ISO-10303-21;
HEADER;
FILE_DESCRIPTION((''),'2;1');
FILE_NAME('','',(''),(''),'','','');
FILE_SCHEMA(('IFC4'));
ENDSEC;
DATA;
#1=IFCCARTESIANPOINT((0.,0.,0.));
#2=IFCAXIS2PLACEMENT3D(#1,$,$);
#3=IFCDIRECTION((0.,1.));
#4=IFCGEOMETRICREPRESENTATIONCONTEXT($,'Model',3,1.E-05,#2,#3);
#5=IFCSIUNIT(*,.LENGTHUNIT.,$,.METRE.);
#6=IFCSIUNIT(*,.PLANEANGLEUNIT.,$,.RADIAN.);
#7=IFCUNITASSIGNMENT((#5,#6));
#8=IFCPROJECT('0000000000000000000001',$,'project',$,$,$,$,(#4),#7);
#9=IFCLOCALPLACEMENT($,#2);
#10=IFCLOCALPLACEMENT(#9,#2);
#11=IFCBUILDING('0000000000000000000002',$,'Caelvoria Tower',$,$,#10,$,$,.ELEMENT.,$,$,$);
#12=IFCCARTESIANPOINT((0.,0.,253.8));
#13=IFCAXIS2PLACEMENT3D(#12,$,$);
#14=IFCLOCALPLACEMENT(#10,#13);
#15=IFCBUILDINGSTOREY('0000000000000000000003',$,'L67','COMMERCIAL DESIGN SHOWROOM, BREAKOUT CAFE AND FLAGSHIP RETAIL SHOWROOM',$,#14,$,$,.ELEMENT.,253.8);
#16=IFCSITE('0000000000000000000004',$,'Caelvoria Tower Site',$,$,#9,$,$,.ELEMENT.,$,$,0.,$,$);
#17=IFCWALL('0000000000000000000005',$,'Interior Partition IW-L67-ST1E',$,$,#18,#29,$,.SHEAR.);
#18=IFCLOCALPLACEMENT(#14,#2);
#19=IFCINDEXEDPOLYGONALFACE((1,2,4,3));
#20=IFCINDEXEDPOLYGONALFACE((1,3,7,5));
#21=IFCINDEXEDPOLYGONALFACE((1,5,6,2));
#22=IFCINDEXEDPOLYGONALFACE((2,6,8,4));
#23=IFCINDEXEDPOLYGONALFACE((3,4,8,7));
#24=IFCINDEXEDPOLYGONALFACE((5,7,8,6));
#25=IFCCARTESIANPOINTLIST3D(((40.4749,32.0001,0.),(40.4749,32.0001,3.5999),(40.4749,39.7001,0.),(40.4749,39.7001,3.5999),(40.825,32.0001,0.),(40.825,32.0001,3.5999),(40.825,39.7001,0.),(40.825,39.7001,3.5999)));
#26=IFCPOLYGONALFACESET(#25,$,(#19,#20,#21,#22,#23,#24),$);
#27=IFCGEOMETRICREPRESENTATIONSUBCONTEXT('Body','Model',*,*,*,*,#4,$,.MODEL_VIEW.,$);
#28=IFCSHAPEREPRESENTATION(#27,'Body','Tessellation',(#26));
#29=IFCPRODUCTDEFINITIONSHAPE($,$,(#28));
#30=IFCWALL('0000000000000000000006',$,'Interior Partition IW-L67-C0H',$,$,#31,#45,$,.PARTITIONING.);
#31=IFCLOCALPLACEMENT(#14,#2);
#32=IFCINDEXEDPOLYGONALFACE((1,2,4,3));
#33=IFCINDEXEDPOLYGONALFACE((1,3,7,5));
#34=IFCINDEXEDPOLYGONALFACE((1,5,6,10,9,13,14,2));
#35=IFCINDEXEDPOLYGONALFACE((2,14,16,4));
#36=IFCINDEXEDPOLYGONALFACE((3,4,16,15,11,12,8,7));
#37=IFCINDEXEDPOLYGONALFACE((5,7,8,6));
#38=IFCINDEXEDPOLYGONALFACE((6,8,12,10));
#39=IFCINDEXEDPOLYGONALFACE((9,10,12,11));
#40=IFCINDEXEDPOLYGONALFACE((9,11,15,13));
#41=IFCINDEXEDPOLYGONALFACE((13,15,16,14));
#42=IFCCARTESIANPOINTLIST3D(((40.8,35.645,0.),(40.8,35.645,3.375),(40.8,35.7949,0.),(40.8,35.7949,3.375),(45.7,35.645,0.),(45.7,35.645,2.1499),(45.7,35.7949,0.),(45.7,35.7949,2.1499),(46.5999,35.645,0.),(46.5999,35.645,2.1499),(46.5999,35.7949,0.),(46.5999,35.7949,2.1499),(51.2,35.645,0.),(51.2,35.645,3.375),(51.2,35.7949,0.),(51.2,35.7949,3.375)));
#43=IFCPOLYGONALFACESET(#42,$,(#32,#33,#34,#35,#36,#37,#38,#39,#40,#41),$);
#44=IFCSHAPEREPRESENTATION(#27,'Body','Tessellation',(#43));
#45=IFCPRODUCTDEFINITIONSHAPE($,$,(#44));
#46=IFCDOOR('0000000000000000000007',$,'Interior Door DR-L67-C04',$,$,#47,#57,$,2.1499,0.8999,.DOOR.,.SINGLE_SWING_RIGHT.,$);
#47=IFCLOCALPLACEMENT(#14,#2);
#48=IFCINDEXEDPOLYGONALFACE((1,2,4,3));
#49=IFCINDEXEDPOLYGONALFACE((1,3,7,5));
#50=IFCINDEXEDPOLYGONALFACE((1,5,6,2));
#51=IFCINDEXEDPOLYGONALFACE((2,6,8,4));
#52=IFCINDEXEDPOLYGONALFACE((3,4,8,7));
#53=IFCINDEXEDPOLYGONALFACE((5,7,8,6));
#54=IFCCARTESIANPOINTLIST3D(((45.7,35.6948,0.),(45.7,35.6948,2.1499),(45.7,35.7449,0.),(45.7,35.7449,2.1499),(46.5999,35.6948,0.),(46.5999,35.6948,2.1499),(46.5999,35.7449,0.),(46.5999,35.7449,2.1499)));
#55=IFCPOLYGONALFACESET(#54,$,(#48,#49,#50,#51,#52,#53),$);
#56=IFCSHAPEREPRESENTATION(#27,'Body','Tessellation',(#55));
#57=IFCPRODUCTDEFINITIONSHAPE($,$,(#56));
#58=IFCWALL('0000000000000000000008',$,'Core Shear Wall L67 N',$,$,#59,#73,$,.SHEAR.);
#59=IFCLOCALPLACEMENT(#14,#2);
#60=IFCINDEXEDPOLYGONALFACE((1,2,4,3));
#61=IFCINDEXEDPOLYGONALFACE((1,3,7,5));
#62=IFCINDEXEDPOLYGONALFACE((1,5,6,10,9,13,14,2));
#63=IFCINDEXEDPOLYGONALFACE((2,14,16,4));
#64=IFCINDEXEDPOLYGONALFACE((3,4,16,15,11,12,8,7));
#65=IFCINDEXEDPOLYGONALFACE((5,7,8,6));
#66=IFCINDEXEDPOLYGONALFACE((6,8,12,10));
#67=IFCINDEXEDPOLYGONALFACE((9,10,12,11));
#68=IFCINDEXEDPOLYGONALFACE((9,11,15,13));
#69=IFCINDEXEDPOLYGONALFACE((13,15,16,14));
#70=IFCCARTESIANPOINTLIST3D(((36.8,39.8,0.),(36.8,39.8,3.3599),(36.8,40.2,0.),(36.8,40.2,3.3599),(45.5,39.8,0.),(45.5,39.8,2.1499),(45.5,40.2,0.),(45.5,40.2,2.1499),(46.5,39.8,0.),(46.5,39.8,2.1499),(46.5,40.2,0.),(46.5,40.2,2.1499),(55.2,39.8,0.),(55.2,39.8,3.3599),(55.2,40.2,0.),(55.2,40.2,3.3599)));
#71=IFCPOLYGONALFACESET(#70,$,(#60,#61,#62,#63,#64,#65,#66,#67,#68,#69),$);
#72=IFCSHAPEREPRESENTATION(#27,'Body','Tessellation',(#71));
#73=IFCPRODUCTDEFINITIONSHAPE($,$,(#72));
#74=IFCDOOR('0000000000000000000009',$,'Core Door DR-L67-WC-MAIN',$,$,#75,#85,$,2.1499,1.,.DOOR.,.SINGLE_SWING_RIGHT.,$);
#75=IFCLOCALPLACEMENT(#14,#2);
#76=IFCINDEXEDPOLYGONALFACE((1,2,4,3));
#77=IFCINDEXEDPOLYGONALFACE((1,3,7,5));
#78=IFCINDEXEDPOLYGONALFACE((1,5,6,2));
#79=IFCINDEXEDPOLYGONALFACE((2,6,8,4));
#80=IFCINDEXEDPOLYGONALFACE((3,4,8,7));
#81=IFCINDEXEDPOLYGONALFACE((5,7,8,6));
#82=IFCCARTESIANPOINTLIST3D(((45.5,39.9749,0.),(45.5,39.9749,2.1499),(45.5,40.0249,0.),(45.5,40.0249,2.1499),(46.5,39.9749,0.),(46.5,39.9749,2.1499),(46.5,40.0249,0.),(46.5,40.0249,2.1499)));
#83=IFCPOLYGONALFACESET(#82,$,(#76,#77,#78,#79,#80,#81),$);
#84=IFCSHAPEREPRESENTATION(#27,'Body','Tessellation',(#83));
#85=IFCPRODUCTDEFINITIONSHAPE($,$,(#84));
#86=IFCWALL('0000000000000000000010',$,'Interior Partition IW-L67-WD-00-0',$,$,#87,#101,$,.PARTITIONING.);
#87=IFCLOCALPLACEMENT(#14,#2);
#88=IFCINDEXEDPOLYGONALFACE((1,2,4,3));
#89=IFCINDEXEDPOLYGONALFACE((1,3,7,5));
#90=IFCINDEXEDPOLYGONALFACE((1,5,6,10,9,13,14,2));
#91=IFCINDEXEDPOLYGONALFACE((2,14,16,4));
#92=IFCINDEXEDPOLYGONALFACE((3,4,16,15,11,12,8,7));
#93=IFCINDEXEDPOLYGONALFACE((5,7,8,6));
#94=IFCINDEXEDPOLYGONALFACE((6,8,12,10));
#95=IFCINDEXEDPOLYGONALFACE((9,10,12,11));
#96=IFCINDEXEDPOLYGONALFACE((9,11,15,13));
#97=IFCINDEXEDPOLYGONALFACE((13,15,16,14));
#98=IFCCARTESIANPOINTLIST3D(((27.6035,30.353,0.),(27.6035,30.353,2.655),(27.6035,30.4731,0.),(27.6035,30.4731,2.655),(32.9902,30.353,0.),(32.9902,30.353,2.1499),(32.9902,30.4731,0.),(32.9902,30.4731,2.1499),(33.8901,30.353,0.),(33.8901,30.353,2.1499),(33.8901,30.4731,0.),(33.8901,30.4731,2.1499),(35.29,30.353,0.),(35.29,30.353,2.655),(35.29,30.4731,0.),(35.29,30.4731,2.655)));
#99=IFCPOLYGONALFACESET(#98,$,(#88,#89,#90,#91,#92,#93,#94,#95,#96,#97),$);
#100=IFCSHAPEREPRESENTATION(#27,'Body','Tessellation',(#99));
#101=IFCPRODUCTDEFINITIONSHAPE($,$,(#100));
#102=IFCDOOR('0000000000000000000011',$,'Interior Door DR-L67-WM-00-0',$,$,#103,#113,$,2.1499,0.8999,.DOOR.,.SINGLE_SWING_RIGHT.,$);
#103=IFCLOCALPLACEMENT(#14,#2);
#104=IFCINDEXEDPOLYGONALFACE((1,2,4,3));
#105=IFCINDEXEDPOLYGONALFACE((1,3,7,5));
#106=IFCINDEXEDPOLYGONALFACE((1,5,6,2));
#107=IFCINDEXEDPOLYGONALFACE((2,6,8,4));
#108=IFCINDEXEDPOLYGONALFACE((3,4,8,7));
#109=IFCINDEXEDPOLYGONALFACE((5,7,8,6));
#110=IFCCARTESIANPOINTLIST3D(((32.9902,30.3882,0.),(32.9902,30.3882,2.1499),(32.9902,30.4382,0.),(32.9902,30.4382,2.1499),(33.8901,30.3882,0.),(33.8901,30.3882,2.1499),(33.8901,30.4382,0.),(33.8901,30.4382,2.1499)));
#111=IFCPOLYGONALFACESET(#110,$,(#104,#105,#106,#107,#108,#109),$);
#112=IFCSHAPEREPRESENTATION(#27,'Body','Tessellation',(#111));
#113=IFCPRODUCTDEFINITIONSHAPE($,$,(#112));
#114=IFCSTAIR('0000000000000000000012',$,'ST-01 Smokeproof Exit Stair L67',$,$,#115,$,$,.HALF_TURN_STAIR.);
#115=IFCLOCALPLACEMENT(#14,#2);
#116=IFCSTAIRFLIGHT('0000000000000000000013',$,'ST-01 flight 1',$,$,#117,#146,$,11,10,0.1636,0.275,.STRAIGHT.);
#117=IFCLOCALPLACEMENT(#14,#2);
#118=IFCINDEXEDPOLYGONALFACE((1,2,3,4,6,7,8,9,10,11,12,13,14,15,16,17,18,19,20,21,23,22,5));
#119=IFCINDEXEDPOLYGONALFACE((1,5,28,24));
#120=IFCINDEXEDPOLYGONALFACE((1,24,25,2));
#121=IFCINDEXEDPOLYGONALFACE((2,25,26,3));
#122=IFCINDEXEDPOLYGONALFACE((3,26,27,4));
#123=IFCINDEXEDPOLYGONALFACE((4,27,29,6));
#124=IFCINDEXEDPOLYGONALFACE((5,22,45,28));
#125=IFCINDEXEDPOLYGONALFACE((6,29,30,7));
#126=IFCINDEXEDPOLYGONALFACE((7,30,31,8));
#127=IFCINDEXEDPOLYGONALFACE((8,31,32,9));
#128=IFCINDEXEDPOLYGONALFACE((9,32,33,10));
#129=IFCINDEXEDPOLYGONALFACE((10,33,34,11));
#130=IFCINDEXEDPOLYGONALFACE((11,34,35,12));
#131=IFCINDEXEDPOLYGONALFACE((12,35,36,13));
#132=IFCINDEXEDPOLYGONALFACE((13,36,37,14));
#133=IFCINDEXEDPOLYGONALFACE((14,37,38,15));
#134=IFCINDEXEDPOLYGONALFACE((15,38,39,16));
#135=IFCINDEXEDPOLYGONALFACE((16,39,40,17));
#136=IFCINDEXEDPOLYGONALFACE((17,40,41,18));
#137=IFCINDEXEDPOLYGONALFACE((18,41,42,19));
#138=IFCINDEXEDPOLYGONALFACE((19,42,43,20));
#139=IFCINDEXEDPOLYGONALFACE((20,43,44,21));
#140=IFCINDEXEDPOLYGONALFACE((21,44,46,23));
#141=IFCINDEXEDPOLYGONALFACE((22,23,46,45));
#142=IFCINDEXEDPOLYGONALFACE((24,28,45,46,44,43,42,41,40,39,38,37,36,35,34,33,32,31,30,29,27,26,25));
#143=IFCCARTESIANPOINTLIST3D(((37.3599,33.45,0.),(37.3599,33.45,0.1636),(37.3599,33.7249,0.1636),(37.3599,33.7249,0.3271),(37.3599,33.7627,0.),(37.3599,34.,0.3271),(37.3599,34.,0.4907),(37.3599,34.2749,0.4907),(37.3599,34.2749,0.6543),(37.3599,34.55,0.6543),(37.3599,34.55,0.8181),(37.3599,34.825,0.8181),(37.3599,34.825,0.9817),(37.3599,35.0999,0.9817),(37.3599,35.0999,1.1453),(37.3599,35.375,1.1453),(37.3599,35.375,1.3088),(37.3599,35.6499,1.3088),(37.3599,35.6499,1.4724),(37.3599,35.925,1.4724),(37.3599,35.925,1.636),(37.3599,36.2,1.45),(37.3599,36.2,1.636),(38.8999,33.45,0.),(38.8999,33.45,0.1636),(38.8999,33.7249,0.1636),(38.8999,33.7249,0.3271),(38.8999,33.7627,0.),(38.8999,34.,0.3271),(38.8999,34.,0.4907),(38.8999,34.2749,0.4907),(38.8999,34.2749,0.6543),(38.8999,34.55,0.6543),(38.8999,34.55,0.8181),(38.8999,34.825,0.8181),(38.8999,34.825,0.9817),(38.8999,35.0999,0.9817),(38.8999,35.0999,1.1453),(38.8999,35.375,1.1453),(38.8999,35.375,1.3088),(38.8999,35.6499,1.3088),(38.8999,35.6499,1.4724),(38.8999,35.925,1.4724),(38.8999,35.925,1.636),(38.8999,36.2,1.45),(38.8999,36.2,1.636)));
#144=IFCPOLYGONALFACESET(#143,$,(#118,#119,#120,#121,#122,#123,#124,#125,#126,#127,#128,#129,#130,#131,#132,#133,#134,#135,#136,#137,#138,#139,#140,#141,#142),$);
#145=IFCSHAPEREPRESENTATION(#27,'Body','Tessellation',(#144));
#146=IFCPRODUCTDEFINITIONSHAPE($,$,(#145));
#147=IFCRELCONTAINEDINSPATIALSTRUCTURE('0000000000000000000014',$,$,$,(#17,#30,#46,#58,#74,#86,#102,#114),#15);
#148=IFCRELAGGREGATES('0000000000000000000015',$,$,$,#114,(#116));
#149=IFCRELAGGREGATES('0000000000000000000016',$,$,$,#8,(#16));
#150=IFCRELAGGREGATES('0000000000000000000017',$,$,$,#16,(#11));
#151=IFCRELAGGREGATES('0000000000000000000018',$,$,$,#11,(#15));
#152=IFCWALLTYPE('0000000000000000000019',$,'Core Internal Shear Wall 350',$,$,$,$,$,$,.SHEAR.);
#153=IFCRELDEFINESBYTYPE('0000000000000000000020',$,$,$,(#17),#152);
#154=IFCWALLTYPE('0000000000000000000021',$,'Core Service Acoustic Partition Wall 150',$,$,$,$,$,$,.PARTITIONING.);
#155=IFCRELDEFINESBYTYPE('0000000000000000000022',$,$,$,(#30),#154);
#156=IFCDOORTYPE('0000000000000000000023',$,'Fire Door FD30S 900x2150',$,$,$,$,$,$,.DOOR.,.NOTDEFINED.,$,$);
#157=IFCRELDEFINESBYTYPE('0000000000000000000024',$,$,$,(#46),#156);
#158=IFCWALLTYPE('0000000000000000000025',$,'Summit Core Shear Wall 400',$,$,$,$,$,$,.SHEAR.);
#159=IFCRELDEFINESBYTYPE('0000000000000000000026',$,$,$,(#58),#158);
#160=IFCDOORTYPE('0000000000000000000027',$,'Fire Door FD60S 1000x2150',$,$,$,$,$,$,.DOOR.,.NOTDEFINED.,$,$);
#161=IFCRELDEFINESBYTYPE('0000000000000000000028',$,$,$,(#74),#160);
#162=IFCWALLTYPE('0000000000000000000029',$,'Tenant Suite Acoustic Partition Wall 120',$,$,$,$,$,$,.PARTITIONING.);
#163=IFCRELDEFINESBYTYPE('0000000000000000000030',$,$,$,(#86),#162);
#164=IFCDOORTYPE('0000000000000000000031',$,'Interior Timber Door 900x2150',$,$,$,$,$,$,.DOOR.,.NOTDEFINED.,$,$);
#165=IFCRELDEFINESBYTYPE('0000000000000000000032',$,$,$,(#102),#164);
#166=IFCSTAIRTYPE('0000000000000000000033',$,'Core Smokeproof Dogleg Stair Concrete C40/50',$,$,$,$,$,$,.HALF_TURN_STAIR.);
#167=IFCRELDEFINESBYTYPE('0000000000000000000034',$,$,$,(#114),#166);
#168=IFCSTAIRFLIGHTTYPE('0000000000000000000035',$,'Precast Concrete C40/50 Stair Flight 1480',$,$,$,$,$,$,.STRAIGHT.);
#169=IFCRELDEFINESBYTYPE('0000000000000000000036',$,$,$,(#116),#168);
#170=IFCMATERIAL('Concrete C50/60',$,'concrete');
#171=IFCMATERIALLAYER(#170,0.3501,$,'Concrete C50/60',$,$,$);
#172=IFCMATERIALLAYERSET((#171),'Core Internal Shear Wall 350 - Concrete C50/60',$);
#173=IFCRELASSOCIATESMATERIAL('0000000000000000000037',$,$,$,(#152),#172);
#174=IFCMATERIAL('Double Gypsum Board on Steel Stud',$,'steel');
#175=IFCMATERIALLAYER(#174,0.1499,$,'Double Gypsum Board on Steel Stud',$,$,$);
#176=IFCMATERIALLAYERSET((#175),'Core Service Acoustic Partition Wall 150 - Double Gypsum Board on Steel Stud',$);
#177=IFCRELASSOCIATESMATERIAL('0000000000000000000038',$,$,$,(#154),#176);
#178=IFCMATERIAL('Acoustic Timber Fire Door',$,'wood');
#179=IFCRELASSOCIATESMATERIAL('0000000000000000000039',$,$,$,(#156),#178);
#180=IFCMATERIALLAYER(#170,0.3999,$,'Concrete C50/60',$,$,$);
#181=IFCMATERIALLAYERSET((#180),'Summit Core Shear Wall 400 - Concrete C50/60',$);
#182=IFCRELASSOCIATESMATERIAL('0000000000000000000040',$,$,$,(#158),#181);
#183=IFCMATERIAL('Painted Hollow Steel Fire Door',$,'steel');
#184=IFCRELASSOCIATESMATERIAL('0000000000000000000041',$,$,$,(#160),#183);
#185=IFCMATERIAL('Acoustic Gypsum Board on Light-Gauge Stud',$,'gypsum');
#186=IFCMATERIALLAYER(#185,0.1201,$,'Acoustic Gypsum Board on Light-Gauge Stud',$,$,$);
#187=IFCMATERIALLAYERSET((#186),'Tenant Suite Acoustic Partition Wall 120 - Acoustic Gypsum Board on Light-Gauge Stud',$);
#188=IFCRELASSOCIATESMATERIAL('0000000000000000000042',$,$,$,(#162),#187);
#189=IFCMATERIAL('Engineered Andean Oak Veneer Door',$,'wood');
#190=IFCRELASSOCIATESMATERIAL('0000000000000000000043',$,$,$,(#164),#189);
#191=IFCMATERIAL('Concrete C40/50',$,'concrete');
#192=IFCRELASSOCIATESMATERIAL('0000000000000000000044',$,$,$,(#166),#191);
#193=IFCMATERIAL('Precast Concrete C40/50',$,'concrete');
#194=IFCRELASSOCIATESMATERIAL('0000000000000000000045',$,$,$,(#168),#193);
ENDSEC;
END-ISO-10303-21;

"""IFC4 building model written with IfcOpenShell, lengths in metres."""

from ifc_helpers import new_model, si_unit, direction, frame, frame_2d, origin, place, context, subcontext, project, spatial, polyline, rectangle, outline, extrude, material, layer, layer_set, type_object, element, fill, aggregate, save


model = new_model("IFC4")

# Units and contexts
model_context = context("Model", 3, precision=1e-05, world=origin(), true_north=direction((0.0, 1.0)))
body_context = subcontext(model_context, "Body", "Model", "MODEL_VIEW")
ifc_project = project(units=[si_unit("LENGTHUNIT", "METRE"), si_unit("PLANEANGLEUNIT", "RADIAN")], contexts=[model_context])

# Site, building, storey
site_placement = place(None, origin())
site = spatial("IfcSite", under=ifc_project, at=site_placement, Name="Caelvoria Tower Site", CompositionType="ELEMENT", RefElevation=0.0)
building_placement = place(site_placement, origin())
building = spatial("IfcBuilding", under=site, at=building_placement, Name="Caelvoria Tower", CompositionType="ELEMENT")
storey_placement = place(building_placement, frame((0.0, 0.0, 253.8)))
storey = spatial("IfcBuildingStorey", under=building, at=storey_placement, Name="L67", Description="COMMERCIAL DESIGN SHOWROOM, BREAKOUT CAFE AND FLAGSHIP RETAIL SHOWROOM", CompositionType="ELEMENT", Elevation=253.8)

# Shared definitions
ifc_material_1 = material(Name="Concrete C50/60", Category="concrete")
ifc_layer_1 = layer(ifc_material_1, 0.3501, Name="Concrete C50/60")
ifc_layer_set_1 = layer_set([ifc_layer_1], Name="Core Internal Shear Wall 350 - Concrete C50/60")
wall_type_1 = type_object("IfcWallType", Name="Core Internal Shear Wall 350", PredefinedType="SHEAR", material=ifc_layer_set_1)
ifc_material_2 = material(Name="Painted Hollow Steel Fire Door", Category="steel")

# Wall
wall_1_placement = place(storey_placement, frame((40.6499, 32.0, 0.0), z_axis=(0.0, 0.0, 1.0), x_axis=(0.0, 1.0, 0.0)))
element("IfcWall", 1, at=wall_1_placement, inside=storey, type_object=wall_type_1, Name="Interior Partition IW-L67-ST1E", PredefinedType="SHEAR", context=body_context, shape_type="SweptSolid", body=[
    extrude(rectangle(XDim=7.7, YDim=0.3501, at=frame_2d((3.8501, 0.0))), origin(), (0.0, 0.0, 1.0), 3.5999),
])

# Walls, openings, doors
ifc_material_3 = material(Name="Double Gypsum Board on Steel Stud", Category="steel")
ifc_layer_2 = layer(ifc_material_3, 0.1499, Name="Double Gypsum Board on Steel Stud")
ifc_layer_set_2 = layer_set([ifc_layer_2], Name="Core Service Acoustic Partition Wall 150 - Double Gypsum Board on Steel Stud")
wall_type_2 = type_object("IfcWallType", Name="Core Service Acoustic Partition Wall 150", PredefinedType="PARTITIONING", material=ifc_layer_set_2)
wall_2_placement = place(storey_placement, frame((40.8, 35.72, 0.0), z_axis=(0.0, 0.0, 1.0), x_axis=(1.0, 0.0, 0.0)))
wall_2 = element("IfcWall", 2, at=wall_2_placement, inside=storey, type_object=wall_type_2, Name="Interior Partition IW-L67-C0H", PredefinedType="PARTITIONING", context=body_context, shape_type="SweptSolid", body=[
    extrude(rectangle(XDim=10.3999, YDim=0.1499, at=frame_2d((5.2, 0.0))), origin(), (0.0, 0.0, 1.0), 3.375),
])
opening_1_placement = place(wall_2_placement, frame((4.8999, 0.0, 0.0)))
opening_1 = element("IfcOpeningElement", 3, at=opening_1_placement, cuts=wall_2, PredefinedType="OPENING", context=body_context, shape_type="SweptSolid", body=[
    extrude(rectangle(XDim=0.8999, YDim=2.1499, at=frame_2d((0.45, 1.075))), frame((0.0, 0.085, 0.0), z_axis=(0.0, -1.0, 0.0), x_axis=(1.0, 0.0, 0.0)), (0.0, 0.0, 1.0), 0.1699),
])
ifc_material_4 = material(Name="Acoustic Timber Fire Door", Category="wood")
door_type_1 = type_object("IfcDoorType", Name="Fire Door FD30S 900x2150", OperationType="NOTDEFINED", PredefinedType="DOOR", material=ifc_material_4)
door_1_placement = place(opening_1_placement, origin())
door_1 = element("IfcDoor", 4, at=door_1_placement, inside=storey, type_object=door_type_1, Name="Interior Door DR-L67-C04", OperationType="SINGLE_SWING_RIGHT", OverallHeight=2.1499, OverallWidth=0.8999, PredefinedType="DOOR", context=body_context, shape_type="SweptSolid", body=[
    extrude(rectangle(XDim=0.8999, YDim=2.1499, at=frame_2d((0.45, 1.075))), frame((0.0, 0.0249, 0.0), z_axis=(0.0, -1.0, 0.0), x_axis=(1.0, 0.0, 0.0)), (0.0, 0.0, 1.0), 0.05),
])
fill(opening_1, door_1)
ifc_layer_3 = layer(ifc_material_1, 0.3999, Name="Concrete C50/60")
ifc_layer_set_3 = layer_set([ifc_layer_3], Name="Summit Core Shear Wall 400 - Concrete C50/60")
wall_type_3 = type_object("IfcWallType", Name="Summit Core Shear Wall 400", PredefinedType="SHEAR", material=ifc_layer_set_3)
wall_3_placement = place(storey_placement, frame((36.8, 40.0, 0.0), z_axis=(0.0, 0.0, 1.0), x_axis=(1.0, 0.0, 0.0)))
wall_3 = element("IfcWall", 5, at=wall_3_placement, inside=storey, type_object=wall_type_3, Name="Core Shear Wall L67 N", PredefinedType="SHEAR", context=body_context, shape_type="SweptSolid", body=[
    extrude(rectangle(XDim=18.3999, YDim=0.3999, at=frame_2d((9.2, 0.0))), origin(), (0.0, 0.0, 1.0), 3.3599),
])
opening_2_placement = place(wall_3_placement, frame((8.7, 0.0, 0.0)))
opening_2 = element("IfcOpeningElement", 6, at=opening_2_placement, cuts=wall_3, PredefinedType="OPENING", context=body_context, shape_type="SweptSolid", body=[
    extrude(rectangle(XDim=1.0, YDim=2.1499, at=frame_2d((0.5, 1.075))), frame((0.0, 0.21, 0.0), z_axis=(0.0, -1.0, 0.0), x_axis=(1.0, 0.0, 0.0)), (0.0, 0.0, 1.0), 0.4199),
])
door_type_2 = type_object("IfcDoorType", Name="Fire Door FD60S 1000x2150", OperationType="NOTDEFINED", PredefinedType="DOOR", material=ifc_material_2)
door_2_placement = place(opening_2_placement, origin())
door_2 = element("IfcDoor", 7, at=door_2_placement, inside=storey, type_object=door_type_2, Name="Core Door DR-L67-WC-MAIN", OperationType="SINGLE_SWING_RIGHT", OverallHeight=2.1499, OverallWidth=1.0, PredefinedType="DOOR", context=body_context, shape_type="SweptSolid", body=[
    extrude(rectangle(XDim=1.0, YDim=2.1499, at=frame_2d((0.5, 1.075))), frame((0.0, 0.0249, 0.0), z_axis=(0.0, -1.0, 0.0), x_axis=(1.0, 0.0, 0.0)), (0.0, 0.0, 1.0), 0.05),
])
fill(opening_2, door_2)
ifc_material_5 = material(Name="Acoustic Gypsum Board on Light-Gauge Stud", Category="gypsum")
ifc_layer_4 = layer(ifc_material_5, 0.1201, Name="Acoustic Gypsum Board on Light-Gauge Stud")
ifc_layer_set_4 = layer_set([ifc_layer_4], Name="Tenant Suite Acoustic Partition Wall 120 - Acoustic Gypsum Board on Light-Gauge Stud")
wall_type_4 = type_object("IfcWallType", Name="Tenant Suite Acoustic Partition Wall 120", PredefinedType="PARTITIONING", material=ifc_layer_set_4)
wall_4_placement = place(storey_placement, frame((35.29, 30.4131, 0.0), z_axis=(0.0, 0.0, 1.0), x_axis=(-1.0, 0.0, 0.0)))
wall_4 = element("IfcWall", 8, at=wall_4_placement, inside=storey, type_object=wall_type_4, Name="Interior Partition IW-L67-WD-00-0", PredefinedType="PARTITIONING", context=body_context, shape_type="SweptSolid", body=[
    extrude(rectangle(XDim=7.6865, YDim=0.1201, at=frame_2d((3.8433, 0.0))), origin(), (0.0, 0.0, 1.0), 2.655),
])
opening_3_placement = place(wall_4_placement, frame((1.3999, 0.0, 0.0)))
opening_3 = element("IfcOpeningElement", 9, at=opening_3_placement, cuts=wall_4, PredefinedType="OPENING", context=body_context, shape_type="SweptSolid", body=[
    extrude(rectangle(XDim=0.8999, YDim=2.1499, at=frame_2d((0.45, 1.075))), frame((0.0, 0.0701, 0.0), z_axis=(0.0, -1.0, 0.0), x_axis=(1.0, 0.0, 0.0)), (0.0, 0.0, 1.0), 0.1401),
])
ifc_material_6 = material(Name="Engineered Andean Oak Veneer Door", Category="wood")
door_type_3 = type_object("IfcDoorType", Name="Interior Timber Door 900x2150", OperationType="NOTDEFINED", PredefinedType="DOOR", material=ifc_material_6)
door_3_placement = place(opening_3_placement, origin())
door_3 = element("IfcDoor", 10, at=door_3_placement, inside=storey, type_object=door_type_3, Name="Interior Door DR-L67-WM-00-0", OperationType="SINGLE_SWING_RIGHT", OverallHeight=2.1499, OverallWidth=0.8999, PredefinedType="DOOR", context=body_context, shape_type="SweptSolid", body=[
    extrude(rectangle(XDim=0.8999, YDim=2.1499, at=frame_2d((0.45, 1.075))), frame((0.0, 0.0249, 0.0), z_axis=(0.0, -1.0, 0.0), x_axis=(1.0, 0.0, 0.0)), (0.0, 0.0, 1.0), 0.05),
])
fill(opening_3, door_3)

# Stair, stair flight
ifc_material_7 = material(Name="Concrete C40/50", Category="concrete")
stair_type = type_object("IfcStairType", Name="Core Smokeproof Dogleg Stair Concrete C40/50", PredefinedType="HALF_TURN_STAIR", material=ifc_material_7)
stair_placement = place(storey_placement, origin())
stair = element("IfcStair", 11, at=stair_placement, inside=storey, type_object=stair_type, Name="ST-01 Smokeproof Exit Stair L67", PredefinedType="HALF_TURN_STAIR")
ifc_material_8 = material(Name="Precast Concrete C40/50", Category="concrete")
stair_flight_type = type_object("IfcStairFlightType", Name="Precast Concrete C40/50 Stair Flight 1480", PredefinedType="STRAIGHT", material=ifc_material_8)
stair_flight_1_placement = place(storey_placement, frame((38.1299, 33.45, 0.0), z_axis=(0.0, 0.0, 1.0), x_axis=(0.0, 1.0, 0.0)))
stair_flight_1 = element("IfcStairFlight", 12, at=stair_flight_1_placement, type_object=stair_flight_type, Name="ST-01 flight 1", NumberOfRisers=11, NumberOfTreads=10, PredefinedType="STRAIGHT", RiserHeight=0.1636, TreadLength=0.275, context=body_context, shape_type="SweptSolid", body=[
    extrude(outline(polyline([(0.0, 0.0), (0.0, 0.1636), (0.2749, 0.1636), (0.2749, 0.3271), (0.55, 0.3271), (0.55, 0.4907), (0.825, 0.4907), (0.825, 0.6543), (1.1001, 0.6543), (1.1001, 0.8181), (1.375, 0.8181), (1.375, 0.9817), (1.6499, 0.9817), (1.6499, 1.1453), (1.925, 1.1453), (1.925, 1.3088), (2.2, 1.3088), (2.2, 1.4724), (2.4751, 1.4724), (2.4751, 1.636), (2.75, 1.636), (2.75, 1.7996), (2.75, 1.45), (0.3127, 0.0), (0.0, 0.0)])), frame((0.0, 0.77, 0.0), z_axis=(0.0, -1.0, 0.0), x_axis=(1.0, 0.0, 0.0)), (0.0, 0.0, 1.0), 1.54),
])
aggregate(stair, [stair_flight_1])

save(model, "model.ifc")
